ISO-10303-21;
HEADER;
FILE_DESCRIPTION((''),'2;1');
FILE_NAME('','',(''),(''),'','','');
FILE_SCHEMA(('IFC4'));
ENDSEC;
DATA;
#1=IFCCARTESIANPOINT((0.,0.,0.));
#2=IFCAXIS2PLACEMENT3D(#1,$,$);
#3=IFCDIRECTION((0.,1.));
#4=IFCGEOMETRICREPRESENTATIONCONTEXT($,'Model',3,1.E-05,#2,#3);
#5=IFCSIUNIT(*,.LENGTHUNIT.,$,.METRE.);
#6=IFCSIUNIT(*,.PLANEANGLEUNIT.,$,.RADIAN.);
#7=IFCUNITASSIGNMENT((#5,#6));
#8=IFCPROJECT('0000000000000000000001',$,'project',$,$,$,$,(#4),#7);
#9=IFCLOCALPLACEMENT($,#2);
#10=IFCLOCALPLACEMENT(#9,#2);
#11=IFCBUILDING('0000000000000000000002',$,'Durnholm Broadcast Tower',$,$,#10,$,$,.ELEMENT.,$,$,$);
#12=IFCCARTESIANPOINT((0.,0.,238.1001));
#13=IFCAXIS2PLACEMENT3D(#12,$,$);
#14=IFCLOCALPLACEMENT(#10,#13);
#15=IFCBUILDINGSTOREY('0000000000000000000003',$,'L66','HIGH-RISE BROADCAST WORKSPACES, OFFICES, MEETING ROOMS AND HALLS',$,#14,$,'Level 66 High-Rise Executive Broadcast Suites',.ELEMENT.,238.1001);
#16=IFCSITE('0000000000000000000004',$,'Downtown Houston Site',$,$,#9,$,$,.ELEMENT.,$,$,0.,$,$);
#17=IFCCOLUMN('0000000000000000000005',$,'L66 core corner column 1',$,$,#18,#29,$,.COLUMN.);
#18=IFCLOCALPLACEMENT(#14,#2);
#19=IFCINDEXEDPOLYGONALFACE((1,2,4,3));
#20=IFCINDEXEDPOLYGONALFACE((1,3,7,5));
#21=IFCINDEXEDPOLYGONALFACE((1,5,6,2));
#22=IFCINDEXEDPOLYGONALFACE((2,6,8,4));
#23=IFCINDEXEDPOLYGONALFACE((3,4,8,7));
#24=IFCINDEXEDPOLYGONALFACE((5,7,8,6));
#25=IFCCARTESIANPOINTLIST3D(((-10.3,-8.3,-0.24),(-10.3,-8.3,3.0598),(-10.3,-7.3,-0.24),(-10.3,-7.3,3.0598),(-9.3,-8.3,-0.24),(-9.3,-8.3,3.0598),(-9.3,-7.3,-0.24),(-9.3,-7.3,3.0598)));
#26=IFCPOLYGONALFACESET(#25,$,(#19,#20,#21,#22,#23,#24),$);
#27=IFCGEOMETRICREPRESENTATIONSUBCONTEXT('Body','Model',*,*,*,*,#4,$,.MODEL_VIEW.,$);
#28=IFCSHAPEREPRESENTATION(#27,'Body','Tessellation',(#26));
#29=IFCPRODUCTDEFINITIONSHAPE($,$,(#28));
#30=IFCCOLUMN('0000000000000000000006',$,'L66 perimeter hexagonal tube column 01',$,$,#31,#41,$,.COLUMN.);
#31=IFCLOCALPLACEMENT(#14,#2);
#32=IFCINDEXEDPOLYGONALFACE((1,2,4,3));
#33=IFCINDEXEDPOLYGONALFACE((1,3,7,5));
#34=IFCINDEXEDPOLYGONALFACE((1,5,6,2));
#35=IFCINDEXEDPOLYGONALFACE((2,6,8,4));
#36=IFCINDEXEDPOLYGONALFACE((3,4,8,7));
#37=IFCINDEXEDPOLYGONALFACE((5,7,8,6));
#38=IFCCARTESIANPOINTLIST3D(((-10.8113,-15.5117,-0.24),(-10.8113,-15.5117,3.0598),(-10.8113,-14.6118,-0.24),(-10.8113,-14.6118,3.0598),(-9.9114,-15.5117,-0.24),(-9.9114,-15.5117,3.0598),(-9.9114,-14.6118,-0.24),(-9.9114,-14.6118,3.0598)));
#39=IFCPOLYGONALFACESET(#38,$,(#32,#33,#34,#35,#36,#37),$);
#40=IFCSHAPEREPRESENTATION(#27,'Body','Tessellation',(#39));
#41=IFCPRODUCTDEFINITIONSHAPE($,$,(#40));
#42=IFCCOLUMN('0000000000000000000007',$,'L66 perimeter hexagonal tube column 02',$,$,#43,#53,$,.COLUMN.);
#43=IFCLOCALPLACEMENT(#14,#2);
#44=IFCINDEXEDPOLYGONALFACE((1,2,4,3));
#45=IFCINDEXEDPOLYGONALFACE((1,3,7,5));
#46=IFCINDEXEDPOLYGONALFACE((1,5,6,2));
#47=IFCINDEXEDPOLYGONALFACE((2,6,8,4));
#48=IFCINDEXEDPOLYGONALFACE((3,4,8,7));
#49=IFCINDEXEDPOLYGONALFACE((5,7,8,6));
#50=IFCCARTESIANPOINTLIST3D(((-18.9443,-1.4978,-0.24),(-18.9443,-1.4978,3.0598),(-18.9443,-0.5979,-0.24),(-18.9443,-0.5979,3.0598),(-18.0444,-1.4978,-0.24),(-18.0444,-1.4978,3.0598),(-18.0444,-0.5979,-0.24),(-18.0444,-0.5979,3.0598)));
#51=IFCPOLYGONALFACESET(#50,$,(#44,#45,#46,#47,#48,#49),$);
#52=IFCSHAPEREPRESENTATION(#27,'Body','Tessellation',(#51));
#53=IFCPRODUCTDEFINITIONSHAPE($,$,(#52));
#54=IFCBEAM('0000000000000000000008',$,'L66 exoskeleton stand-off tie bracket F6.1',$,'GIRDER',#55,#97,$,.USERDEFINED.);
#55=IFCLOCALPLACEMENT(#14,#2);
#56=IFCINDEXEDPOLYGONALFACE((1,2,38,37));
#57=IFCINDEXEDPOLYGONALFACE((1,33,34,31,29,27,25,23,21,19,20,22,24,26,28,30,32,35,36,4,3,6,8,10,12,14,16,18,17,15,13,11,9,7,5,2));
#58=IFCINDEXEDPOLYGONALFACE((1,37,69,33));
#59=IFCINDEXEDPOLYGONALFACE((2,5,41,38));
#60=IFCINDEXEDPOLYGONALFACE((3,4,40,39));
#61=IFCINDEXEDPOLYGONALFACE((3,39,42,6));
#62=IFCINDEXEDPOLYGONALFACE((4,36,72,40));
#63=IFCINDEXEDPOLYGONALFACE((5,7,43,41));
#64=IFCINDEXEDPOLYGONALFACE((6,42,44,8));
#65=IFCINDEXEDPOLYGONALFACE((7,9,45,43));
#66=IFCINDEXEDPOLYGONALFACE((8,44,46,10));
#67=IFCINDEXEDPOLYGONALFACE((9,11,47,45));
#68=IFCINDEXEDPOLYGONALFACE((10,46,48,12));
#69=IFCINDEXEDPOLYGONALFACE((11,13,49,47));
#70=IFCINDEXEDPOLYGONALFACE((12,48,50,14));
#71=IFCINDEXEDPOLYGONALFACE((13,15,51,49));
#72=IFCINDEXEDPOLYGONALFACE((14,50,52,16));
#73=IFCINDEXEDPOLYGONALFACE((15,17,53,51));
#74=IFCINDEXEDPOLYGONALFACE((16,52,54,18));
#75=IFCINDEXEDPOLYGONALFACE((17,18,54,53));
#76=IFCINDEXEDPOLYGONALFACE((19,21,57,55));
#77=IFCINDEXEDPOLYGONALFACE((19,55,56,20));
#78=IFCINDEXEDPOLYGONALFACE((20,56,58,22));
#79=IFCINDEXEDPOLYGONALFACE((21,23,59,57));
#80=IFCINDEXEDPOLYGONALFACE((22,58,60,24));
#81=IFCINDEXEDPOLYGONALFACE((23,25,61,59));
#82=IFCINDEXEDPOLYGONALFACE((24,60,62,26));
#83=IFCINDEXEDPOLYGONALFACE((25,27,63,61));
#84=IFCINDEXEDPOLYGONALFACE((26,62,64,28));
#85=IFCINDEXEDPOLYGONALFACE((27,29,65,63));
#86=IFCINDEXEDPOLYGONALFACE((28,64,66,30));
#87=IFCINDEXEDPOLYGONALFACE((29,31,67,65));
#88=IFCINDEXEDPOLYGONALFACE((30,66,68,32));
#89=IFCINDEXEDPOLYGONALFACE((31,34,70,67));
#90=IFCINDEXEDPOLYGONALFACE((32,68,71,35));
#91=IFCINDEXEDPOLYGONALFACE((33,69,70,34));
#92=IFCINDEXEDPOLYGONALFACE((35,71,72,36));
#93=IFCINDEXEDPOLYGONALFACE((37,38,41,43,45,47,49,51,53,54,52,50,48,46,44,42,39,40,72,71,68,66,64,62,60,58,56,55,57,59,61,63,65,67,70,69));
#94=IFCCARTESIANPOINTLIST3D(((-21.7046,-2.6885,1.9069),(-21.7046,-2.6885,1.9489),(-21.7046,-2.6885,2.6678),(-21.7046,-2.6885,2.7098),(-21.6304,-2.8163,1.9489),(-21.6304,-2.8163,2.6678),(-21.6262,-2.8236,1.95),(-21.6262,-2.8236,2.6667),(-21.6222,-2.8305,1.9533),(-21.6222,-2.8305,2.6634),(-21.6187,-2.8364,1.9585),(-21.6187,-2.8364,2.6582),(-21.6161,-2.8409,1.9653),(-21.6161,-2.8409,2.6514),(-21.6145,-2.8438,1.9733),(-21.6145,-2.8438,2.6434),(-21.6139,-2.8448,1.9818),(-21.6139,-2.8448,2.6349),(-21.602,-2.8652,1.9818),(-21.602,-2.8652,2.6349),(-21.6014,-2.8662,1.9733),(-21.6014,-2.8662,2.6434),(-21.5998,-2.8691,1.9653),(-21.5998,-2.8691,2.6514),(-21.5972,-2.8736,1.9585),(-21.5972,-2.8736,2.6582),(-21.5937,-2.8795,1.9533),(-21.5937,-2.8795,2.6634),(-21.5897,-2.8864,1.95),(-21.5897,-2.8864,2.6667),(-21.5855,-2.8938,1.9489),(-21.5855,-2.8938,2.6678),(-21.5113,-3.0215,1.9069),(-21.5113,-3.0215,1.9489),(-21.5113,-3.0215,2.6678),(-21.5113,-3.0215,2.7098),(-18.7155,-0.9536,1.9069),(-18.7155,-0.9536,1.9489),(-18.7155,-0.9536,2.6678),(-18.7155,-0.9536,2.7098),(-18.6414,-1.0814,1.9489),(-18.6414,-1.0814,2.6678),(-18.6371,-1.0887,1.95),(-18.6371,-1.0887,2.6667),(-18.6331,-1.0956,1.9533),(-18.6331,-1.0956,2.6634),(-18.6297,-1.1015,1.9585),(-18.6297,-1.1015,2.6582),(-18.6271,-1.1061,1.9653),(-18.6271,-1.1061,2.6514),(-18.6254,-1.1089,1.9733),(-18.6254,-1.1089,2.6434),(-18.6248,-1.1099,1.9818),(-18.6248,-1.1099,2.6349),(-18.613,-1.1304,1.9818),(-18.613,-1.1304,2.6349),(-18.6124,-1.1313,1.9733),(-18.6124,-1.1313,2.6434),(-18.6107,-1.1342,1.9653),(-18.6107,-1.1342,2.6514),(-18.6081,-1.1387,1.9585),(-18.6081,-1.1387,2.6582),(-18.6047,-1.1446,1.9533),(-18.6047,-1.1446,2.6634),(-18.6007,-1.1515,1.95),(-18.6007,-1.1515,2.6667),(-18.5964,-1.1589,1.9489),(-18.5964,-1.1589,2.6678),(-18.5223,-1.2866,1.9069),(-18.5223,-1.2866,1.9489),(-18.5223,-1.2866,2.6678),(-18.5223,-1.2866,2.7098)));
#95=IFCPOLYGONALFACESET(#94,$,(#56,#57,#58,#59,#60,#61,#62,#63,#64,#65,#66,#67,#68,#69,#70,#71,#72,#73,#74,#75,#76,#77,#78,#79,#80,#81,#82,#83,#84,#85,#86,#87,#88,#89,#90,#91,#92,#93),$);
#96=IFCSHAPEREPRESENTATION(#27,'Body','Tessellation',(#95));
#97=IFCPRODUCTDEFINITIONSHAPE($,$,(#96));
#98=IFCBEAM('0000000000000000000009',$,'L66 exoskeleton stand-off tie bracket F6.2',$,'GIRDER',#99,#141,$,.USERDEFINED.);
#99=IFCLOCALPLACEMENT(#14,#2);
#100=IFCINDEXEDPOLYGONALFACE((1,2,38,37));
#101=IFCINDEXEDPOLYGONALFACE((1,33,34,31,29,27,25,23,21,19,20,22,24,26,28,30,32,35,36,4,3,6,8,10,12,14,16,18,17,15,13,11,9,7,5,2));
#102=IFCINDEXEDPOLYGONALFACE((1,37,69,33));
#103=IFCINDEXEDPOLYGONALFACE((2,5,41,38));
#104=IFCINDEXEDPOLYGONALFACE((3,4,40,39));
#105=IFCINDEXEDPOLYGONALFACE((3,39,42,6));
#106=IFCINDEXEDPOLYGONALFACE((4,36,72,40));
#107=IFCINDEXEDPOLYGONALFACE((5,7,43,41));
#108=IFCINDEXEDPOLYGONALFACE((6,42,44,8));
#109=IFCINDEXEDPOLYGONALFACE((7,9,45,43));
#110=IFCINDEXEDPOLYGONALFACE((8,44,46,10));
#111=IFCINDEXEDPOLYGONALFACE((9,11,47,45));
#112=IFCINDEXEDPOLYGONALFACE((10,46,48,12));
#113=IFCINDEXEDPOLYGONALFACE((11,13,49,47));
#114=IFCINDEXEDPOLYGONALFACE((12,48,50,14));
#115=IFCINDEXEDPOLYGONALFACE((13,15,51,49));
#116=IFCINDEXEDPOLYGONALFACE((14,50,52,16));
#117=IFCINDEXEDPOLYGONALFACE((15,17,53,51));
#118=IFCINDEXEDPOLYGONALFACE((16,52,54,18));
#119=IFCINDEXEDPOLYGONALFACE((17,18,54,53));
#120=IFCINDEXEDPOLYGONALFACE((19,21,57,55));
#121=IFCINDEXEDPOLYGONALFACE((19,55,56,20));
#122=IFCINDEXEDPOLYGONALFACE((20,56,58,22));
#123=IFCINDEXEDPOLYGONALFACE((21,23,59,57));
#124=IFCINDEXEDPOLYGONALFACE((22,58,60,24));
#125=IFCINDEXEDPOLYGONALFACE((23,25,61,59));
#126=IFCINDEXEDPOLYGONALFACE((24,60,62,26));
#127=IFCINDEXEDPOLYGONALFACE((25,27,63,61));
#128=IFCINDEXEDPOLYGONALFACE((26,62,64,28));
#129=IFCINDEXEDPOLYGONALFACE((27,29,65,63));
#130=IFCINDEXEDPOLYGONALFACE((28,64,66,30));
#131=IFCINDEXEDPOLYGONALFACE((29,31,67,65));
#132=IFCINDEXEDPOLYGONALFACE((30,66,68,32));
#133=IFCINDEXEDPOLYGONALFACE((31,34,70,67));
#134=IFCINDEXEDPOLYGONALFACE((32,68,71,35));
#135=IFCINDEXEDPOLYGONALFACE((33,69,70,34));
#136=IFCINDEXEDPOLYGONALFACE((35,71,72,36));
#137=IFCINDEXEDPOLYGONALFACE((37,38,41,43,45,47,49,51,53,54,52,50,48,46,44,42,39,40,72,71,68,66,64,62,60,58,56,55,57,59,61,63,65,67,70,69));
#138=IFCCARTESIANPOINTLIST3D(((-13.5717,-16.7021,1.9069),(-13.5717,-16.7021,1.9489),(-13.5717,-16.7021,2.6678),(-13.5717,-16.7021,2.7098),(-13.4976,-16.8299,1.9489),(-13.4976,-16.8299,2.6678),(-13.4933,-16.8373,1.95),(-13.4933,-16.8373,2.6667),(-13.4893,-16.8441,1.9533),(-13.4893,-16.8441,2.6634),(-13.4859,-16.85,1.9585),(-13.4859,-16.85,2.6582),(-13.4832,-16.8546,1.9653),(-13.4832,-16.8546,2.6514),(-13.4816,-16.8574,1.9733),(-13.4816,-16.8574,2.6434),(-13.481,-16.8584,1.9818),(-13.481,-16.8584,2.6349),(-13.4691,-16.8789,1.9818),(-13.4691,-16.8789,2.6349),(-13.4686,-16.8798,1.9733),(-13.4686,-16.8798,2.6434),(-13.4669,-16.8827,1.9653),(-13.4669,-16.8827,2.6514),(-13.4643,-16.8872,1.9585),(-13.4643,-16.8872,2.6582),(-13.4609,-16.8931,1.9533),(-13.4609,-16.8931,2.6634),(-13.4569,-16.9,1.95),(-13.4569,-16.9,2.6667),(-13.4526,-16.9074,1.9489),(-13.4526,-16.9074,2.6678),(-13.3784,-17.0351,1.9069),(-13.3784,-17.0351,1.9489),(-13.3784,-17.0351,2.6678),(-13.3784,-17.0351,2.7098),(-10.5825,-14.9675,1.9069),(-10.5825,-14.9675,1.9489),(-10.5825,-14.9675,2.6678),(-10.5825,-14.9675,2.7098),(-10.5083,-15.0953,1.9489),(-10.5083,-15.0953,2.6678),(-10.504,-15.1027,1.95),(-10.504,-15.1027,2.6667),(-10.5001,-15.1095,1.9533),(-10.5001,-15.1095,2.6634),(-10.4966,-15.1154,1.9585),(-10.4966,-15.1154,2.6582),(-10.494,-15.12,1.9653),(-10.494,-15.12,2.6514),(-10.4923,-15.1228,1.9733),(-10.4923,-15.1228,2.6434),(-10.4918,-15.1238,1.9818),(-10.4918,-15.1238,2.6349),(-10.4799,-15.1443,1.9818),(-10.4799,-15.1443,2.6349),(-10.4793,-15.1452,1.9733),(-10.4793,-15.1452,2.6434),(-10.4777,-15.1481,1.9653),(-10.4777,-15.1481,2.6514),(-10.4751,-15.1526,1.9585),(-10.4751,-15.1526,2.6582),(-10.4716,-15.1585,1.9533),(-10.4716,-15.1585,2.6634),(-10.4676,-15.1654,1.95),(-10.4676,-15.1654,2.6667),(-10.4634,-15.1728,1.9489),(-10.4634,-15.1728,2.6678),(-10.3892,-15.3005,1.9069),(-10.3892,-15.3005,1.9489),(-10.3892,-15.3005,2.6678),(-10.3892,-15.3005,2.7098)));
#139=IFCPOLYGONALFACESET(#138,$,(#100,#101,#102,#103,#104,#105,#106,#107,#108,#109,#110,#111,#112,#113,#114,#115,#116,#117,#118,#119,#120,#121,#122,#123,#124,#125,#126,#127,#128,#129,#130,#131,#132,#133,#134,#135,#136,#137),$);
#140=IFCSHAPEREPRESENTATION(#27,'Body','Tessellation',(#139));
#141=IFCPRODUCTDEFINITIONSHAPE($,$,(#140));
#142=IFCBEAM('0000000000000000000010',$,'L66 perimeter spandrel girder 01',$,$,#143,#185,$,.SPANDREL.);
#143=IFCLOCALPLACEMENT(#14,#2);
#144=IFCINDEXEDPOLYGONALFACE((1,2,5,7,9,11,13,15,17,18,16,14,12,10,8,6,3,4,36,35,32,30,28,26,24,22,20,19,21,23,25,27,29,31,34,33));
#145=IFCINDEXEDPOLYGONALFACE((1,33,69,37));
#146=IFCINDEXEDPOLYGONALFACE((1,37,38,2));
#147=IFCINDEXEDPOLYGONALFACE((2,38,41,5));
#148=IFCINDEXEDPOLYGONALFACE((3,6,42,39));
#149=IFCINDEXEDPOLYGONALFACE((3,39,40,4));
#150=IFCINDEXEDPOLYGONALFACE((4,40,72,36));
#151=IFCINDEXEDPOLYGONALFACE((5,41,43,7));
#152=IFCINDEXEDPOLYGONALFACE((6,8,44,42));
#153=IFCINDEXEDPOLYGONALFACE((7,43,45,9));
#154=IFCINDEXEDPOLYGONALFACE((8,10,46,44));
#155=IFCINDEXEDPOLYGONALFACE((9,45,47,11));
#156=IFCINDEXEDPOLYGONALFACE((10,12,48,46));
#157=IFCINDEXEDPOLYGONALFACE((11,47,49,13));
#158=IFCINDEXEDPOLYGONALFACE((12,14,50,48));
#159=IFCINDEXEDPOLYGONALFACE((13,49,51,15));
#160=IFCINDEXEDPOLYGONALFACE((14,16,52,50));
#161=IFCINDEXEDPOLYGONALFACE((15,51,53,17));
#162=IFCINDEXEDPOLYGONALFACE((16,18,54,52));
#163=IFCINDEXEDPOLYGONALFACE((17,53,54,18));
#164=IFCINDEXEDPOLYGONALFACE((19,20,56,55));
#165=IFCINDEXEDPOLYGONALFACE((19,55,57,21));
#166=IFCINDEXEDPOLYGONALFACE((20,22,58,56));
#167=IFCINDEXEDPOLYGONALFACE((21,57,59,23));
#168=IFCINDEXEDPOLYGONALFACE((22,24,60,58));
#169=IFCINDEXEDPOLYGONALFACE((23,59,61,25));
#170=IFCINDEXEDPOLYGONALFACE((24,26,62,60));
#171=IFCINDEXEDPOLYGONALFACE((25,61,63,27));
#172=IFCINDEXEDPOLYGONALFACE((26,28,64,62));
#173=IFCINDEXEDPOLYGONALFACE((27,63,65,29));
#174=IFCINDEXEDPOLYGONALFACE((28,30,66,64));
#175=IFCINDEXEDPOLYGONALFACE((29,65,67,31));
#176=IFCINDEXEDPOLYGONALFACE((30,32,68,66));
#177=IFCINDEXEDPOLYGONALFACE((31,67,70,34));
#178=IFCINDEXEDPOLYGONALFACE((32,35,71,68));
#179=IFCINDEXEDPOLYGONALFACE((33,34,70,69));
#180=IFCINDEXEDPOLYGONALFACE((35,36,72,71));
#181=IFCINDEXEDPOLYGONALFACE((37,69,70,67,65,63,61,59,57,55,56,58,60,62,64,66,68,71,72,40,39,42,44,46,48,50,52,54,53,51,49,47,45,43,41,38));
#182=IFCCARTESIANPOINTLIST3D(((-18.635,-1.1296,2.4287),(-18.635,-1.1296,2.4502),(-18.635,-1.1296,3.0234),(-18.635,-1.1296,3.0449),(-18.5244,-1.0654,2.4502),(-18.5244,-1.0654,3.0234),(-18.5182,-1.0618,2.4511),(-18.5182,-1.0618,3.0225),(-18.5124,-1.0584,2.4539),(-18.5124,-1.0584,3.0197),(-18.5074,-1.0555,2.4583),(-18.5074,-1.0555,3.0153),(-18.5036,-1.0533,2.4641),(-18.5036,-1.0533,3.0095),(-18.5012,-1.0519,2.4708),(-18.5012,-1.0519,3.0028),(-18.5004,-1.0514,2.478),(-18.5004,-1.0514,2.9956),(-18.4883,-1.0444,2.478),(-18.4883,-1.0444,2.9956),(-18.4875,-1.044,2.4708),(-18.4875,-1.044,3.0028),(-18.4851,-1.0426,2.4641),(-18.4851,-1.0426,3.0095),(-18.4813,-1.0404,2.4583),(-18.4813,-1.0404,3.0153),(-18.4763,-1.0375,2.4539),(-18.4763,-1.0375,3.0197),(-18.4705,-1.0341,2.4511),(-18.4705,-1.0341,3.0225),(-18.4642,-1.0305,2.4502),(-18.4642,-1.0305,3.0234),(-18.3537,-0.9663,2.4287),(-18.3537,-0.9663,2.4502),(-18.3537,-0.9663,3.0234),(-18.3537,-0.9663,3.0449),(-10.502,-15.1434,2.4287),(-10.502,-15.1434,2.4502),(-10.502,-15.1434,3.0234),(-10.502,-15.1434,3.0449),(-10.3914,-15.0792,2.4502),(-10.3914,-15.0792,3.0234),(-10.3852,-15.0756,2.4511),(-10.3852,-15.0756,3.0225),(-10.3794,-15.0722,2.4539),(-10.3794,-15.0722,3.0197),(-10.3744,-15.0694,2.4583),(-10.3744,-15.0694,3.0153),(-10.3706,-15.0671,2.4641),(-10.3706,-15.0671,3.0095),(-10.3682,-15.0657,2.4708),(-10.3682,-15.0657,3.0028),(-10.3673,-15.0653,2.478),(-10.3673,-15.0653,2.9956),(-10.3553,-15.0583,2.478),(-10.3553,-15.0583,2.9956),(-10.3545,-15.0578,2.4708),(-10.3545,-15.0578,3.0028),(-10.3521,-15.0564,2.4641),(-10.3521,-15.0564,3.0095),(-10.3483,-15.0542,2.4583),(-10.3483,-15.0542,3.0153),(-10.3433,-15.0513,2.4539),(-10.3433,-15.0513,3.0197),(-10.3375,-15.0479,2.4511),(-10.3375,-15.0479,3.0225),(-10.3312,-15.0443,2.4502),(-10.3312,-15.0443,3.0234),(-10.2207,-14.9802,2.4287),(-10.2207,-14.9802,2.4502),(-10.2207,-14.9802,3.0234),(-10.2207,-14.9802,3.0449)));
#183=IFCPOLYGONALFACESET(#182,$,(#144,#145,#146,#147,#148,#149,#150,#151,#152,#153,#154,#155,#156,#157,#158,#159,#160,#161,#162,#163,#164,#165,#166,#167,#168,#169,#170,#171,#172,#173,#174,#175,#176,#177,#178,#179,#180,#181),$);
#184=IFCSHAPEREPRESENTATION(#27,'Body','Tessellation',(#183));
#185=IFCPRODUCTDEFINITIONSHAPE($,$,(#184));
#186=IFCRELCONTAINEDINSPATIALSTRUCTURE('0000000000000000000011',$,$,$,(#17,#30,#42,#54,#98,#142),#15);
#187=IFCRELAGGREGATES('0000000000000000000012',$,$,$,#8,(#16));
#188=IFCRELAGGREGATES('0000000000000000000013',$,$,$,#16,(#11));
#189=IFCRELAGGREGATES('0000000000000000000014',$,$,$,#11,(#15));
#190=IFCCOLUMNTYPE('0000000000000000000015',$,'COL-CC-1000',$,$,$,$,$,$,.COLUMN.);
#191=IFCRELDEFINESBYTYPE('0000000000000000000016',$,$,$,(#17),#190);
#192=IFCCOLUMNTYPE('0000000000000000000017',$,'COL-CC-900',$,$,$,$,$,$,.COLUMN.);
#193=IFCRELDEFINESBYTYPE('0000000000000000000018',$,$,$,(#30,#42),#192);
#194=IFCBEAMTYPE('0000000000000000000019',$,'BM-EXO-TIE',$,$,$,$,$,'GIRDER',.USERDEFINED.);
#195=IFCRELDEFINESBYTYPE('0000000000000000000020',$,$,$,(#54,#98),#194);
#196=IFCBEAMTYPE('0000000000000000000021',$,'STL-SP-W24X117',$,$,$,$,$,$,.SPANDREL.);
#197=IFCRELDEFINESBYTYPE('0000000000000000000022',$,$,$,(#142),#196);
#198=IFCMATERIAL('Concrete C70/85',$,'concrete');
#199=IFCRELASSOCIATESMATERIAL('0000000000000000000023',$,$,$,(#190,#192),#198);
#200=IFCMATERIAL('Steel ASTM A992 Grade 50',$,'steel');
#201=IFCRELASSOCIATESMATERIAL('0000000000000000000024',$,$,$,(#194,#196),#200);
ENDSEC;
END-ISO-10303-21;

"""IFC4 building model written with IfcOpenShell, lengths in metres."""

from ifc_helpers import new_model, si_unit, direction, frame, origin, origin_2d, place, context, subcontext, project, spatial, rectangle, i_section, extrude, source, transform, mapped, material, material_profile, profile_set, type_object, type_shapes, element, save


model = new_model("IFC4")

# Units and contexts
model_context = context("Model", 3, precision=1e-05, world=origin(), true_north=direction((0.0, 1.0)))
body_context = subcontext(model_context, "Body", "Model", "MODEL_VIEW")
ifc_project = project(units=[si_unit("LENGTHUNIT", "METRE"), si_unit("PLANEANGLEUNIT", "RADIAN")], contexts=[model_context])

# Site, building, storey
site_placement = place(None, origin())
site = spatial("IfcSite", under=ifc_project, at=site_placement, Name="Downtown Houston Site", CompositionType="ELEMENT", RefElevation=0.0)
building_placement = place(site_placement, origin())
building = spatial("IfcBuilding", under=site, at=building_placement, Name="Durnholm Broadcast Tower", CompositionType="ELEMENT")
storey_placement = place(building_placement, frame((0.0, 0.0, 238.1001)))
storey = spatial("IfcBuildingStorey", under=building, at=storey_placement, Name="L66", Description="HIGH-RISE BROADCAST WORKSPACES, OFFICES, MEETING ROOMS AND HALLS", LongName="Level 66 High-Rise Executive Broadcast Suites", CompositionType="ELEMENT", Elevation=238.1001)

# Columns
ifc_material_1 = material(Name="Concrete C70/85", Category="concrete")
ifc_material_profile_1 = material_profile(ifc_material_1, rectangle(XDim=1.0, YDim=1.0, at=origin_2d()), Name="RC1000X1000")
ifc_profile_set_1 = profile_set([ifc_material_profile_1], Name="Concrete C70/85")
column_type_1 = type_object("IfcColumnType", Name="COL-CC-1000", PredefinedType="COLUMN", material=ifc_profile_set_1)
shared_shape_1 = source(origin(), body_context, "Body", "SweptSolid", [
    extrude(rectangle(XDim=1.0, YDim=1.0, at=origin_2d()), origin(), (0.0, 0.0, 1.0), 3.2998),
])
type_shapes(column_type_1, [shared_shape_1])
column_placement = place(storey_placement, frame((-9.8, -7.8, -0.24), z_axis=(0.0, 0.0, 1.0), x_axis=(1.0, 0.0, 0.0)))
element("IfcColumn", 1, at=column_placement, inside=storey, type_object=column_type_1, Name="L66 core corner column 1", PredefinedType="COLUMN", context=body_context, shape_type="MappedRepresentation", body=[
    mapped(shared_shape_1, transform((0.0, 0.0, 0.0), x_axis=(1.0, 0.0, 0.0), y_axis=(0.0, 1.0, 0.0), z_axis=(0.0, 0.0, 1.0), scale=1.0)),
])
ifc_material_profile_2 = material_profile(ifc_material_1, rectangle(XDim=0.8999, YDim=0.8999, at=origin_2d()), Name="RC900X900")
ifc_profile_set_2 = profile_set([ifc_material_profile_2], Name="Concrete C70/85")
column_type_2 = type_object("IfcColumnType", Name="COL-CC-900", PredefinedType="COLUMN", material=ifc_profile_set_2)
shared_shape_2 = source(origin(), body_context, "Body", "SweptSolid", [
    extrude(rectangle(XDim=0.8999, YDim=0.8999, at=origin_2d()), origin(), (0.0, 0.0, 1.0), 3.2998),
])
type_shapes(column_type_2, [shared_shape_2])
for number, where, z_axis, x_axis, name in (
    (2, (-10.3613, -15.0618, -0.24), (0.0, 0.0, 1.0), (1.0, 0.0, 0.0), "L66 perimeter hexagonal tube column 01"),
    (3, (-18.4944, -1.0479, -0.24), (0.0, 0.0, 1.0), (1.0, 0.0, 0.0), "L66 perimeter hexagonal tube column 02"),
):
    element("IfcColumn", number, at=place(storey_placement, frame(where, z_axis=z_axis, x_axis=x_axis)), inside=storey, type_object=column_type_2, Name=name, PredefinedType="COLUMN", context=body_context, shape_type="MappedRepresentation", body=[
        mapped(shared_shape_2, transform((0.0, 0.0, 0.0), x_axis=(1.0, 0.0, 0.0), y_axis=(0.0, 1.0, 0.0), z_axis=(0.0, 0.0, 1.0), scale=1.0)),
    ])

# Beams
ifc_material_2 = material(Name="Steel ASTM A992 Grade 50", Category="steel")
ifc_material_profile_3 = material_profile(ifc_material_2, i_section(OverallWidth=0.385, OverallDepth=0.803, WebThickness=0.0237, FlangeThickness=0.042, FilletRadius=0.033, at=origin_2d()), Name="W30X261")
ifc_profile_set_3 = profile_set([ifc_material_profile_3], Name="Steel ASTM A992 Grade 50")
beam_type_1 = type_object("IfcBeamType", Name="BM-EXO-TIE", ElementType="GIRDER", PredefinedType="USERDEFINED", material=ifc_profile_set_3)
shared_shape_3 = source(origin(), body_context, "Body", "SweptSolid", [
    extrude(i_section(OverallWidth=0.385, OverallDepth=0.803, WebThickness=0.0237, FlangeThickness=0.042, FilletRadius=0.033, at=origin_2d()), origin(), (0.0, 0.0, 1.0), 3.4561),
])
for number, where, z_axis, x_axis, name in (
    (4, (-18.6189, -1.1201, 2.3083), (-0.864876, -0.501986, 0.0), (0.501986, -0.864876, 0.0), "L66 exoskeleton stand-off tie bracket F6.1"),
    (5, (-10.4858, -15.134, 2.3083), (-0.864924, -0.501902, 0.0), (0.501902, -0.864924, 0.0), "L66 exoskeleton stand-off tie bracket F6.2"),
):
    element("IfcBeam", number, at=place(storey_placement, frame(where, z_axis=z_axis, x_axis=x_axis)), inside=storey, type_object=beam_type_1, Name=name, ObjectType="GIRDER", PredefinedType="USERDEFINED", context=body_context, shape_type="MappedRepresentation", body=[
        mapped(shared_shape_3, transform((0.0, 0.0, 0.0), x_axis=(1.0, 0.0, 0.0), y_axis=(0.0, 1.0, 0.0), z_axis=(0.0, 0.0, 1.0), scale=1.0)),
    ])
ifc_material_profile_4 = material_profile(ifc_material_2, i_section(OverallWidth=0.3252, OverallDepth=0.6162, WebThickness=0.0139, FlangeThickness=0.0215, FilletRadius=0.0278, at=origin_2d()), Name="W24X117")
ifc_profile_set_4 = profile_set([ifc_material_profile_4], Name="Steel ASTM A992 Grade 50")
beam_type_2 = type_object("IfcBeamType", Name="STL-SP-W24X117", PredefinedType="SPANDREL", material=ifc_profile_set_4)
shared_shape_4 = source(origin(), body_context, "Body", "SweptSolid", [
    extrude(i_section(OverallWidth=0.3252, OverallDepth=0.6162, WebThickness=0.0139, FlangeThickness=0.0215, FilletRadius=0.0278, at=origin_2d()), origin(), (0.0, 0.0, 1.0), 16.2029),
])
beam_1_placement = place(storey_placement, frame((-10.3613, -15.0618, 2.7368), z_axis=(-0.501948, 0.864898, 0.0), x_axis=(-0.864898, -0.501948, 0.0)))
element("IfcBeam", 6, at=beam_1_placement, inside=storey, type_object=beam_type_2, Name="L66 perimeter spandrel girder 01", PredefinedType="SPANDREL", context=body_context, shape_type="MappedRepresentation", body=[
    mapped(shared_shape_4, transform((0.0, 0.0, 0.0), x_axis=(1.0, 0.0, 0.0), y_axis=(0.0, 1.0, 0.0), z_axis=(0.0, 0.0, 1.0), scale=1.0)),
])

save(model, "model.ifc")
